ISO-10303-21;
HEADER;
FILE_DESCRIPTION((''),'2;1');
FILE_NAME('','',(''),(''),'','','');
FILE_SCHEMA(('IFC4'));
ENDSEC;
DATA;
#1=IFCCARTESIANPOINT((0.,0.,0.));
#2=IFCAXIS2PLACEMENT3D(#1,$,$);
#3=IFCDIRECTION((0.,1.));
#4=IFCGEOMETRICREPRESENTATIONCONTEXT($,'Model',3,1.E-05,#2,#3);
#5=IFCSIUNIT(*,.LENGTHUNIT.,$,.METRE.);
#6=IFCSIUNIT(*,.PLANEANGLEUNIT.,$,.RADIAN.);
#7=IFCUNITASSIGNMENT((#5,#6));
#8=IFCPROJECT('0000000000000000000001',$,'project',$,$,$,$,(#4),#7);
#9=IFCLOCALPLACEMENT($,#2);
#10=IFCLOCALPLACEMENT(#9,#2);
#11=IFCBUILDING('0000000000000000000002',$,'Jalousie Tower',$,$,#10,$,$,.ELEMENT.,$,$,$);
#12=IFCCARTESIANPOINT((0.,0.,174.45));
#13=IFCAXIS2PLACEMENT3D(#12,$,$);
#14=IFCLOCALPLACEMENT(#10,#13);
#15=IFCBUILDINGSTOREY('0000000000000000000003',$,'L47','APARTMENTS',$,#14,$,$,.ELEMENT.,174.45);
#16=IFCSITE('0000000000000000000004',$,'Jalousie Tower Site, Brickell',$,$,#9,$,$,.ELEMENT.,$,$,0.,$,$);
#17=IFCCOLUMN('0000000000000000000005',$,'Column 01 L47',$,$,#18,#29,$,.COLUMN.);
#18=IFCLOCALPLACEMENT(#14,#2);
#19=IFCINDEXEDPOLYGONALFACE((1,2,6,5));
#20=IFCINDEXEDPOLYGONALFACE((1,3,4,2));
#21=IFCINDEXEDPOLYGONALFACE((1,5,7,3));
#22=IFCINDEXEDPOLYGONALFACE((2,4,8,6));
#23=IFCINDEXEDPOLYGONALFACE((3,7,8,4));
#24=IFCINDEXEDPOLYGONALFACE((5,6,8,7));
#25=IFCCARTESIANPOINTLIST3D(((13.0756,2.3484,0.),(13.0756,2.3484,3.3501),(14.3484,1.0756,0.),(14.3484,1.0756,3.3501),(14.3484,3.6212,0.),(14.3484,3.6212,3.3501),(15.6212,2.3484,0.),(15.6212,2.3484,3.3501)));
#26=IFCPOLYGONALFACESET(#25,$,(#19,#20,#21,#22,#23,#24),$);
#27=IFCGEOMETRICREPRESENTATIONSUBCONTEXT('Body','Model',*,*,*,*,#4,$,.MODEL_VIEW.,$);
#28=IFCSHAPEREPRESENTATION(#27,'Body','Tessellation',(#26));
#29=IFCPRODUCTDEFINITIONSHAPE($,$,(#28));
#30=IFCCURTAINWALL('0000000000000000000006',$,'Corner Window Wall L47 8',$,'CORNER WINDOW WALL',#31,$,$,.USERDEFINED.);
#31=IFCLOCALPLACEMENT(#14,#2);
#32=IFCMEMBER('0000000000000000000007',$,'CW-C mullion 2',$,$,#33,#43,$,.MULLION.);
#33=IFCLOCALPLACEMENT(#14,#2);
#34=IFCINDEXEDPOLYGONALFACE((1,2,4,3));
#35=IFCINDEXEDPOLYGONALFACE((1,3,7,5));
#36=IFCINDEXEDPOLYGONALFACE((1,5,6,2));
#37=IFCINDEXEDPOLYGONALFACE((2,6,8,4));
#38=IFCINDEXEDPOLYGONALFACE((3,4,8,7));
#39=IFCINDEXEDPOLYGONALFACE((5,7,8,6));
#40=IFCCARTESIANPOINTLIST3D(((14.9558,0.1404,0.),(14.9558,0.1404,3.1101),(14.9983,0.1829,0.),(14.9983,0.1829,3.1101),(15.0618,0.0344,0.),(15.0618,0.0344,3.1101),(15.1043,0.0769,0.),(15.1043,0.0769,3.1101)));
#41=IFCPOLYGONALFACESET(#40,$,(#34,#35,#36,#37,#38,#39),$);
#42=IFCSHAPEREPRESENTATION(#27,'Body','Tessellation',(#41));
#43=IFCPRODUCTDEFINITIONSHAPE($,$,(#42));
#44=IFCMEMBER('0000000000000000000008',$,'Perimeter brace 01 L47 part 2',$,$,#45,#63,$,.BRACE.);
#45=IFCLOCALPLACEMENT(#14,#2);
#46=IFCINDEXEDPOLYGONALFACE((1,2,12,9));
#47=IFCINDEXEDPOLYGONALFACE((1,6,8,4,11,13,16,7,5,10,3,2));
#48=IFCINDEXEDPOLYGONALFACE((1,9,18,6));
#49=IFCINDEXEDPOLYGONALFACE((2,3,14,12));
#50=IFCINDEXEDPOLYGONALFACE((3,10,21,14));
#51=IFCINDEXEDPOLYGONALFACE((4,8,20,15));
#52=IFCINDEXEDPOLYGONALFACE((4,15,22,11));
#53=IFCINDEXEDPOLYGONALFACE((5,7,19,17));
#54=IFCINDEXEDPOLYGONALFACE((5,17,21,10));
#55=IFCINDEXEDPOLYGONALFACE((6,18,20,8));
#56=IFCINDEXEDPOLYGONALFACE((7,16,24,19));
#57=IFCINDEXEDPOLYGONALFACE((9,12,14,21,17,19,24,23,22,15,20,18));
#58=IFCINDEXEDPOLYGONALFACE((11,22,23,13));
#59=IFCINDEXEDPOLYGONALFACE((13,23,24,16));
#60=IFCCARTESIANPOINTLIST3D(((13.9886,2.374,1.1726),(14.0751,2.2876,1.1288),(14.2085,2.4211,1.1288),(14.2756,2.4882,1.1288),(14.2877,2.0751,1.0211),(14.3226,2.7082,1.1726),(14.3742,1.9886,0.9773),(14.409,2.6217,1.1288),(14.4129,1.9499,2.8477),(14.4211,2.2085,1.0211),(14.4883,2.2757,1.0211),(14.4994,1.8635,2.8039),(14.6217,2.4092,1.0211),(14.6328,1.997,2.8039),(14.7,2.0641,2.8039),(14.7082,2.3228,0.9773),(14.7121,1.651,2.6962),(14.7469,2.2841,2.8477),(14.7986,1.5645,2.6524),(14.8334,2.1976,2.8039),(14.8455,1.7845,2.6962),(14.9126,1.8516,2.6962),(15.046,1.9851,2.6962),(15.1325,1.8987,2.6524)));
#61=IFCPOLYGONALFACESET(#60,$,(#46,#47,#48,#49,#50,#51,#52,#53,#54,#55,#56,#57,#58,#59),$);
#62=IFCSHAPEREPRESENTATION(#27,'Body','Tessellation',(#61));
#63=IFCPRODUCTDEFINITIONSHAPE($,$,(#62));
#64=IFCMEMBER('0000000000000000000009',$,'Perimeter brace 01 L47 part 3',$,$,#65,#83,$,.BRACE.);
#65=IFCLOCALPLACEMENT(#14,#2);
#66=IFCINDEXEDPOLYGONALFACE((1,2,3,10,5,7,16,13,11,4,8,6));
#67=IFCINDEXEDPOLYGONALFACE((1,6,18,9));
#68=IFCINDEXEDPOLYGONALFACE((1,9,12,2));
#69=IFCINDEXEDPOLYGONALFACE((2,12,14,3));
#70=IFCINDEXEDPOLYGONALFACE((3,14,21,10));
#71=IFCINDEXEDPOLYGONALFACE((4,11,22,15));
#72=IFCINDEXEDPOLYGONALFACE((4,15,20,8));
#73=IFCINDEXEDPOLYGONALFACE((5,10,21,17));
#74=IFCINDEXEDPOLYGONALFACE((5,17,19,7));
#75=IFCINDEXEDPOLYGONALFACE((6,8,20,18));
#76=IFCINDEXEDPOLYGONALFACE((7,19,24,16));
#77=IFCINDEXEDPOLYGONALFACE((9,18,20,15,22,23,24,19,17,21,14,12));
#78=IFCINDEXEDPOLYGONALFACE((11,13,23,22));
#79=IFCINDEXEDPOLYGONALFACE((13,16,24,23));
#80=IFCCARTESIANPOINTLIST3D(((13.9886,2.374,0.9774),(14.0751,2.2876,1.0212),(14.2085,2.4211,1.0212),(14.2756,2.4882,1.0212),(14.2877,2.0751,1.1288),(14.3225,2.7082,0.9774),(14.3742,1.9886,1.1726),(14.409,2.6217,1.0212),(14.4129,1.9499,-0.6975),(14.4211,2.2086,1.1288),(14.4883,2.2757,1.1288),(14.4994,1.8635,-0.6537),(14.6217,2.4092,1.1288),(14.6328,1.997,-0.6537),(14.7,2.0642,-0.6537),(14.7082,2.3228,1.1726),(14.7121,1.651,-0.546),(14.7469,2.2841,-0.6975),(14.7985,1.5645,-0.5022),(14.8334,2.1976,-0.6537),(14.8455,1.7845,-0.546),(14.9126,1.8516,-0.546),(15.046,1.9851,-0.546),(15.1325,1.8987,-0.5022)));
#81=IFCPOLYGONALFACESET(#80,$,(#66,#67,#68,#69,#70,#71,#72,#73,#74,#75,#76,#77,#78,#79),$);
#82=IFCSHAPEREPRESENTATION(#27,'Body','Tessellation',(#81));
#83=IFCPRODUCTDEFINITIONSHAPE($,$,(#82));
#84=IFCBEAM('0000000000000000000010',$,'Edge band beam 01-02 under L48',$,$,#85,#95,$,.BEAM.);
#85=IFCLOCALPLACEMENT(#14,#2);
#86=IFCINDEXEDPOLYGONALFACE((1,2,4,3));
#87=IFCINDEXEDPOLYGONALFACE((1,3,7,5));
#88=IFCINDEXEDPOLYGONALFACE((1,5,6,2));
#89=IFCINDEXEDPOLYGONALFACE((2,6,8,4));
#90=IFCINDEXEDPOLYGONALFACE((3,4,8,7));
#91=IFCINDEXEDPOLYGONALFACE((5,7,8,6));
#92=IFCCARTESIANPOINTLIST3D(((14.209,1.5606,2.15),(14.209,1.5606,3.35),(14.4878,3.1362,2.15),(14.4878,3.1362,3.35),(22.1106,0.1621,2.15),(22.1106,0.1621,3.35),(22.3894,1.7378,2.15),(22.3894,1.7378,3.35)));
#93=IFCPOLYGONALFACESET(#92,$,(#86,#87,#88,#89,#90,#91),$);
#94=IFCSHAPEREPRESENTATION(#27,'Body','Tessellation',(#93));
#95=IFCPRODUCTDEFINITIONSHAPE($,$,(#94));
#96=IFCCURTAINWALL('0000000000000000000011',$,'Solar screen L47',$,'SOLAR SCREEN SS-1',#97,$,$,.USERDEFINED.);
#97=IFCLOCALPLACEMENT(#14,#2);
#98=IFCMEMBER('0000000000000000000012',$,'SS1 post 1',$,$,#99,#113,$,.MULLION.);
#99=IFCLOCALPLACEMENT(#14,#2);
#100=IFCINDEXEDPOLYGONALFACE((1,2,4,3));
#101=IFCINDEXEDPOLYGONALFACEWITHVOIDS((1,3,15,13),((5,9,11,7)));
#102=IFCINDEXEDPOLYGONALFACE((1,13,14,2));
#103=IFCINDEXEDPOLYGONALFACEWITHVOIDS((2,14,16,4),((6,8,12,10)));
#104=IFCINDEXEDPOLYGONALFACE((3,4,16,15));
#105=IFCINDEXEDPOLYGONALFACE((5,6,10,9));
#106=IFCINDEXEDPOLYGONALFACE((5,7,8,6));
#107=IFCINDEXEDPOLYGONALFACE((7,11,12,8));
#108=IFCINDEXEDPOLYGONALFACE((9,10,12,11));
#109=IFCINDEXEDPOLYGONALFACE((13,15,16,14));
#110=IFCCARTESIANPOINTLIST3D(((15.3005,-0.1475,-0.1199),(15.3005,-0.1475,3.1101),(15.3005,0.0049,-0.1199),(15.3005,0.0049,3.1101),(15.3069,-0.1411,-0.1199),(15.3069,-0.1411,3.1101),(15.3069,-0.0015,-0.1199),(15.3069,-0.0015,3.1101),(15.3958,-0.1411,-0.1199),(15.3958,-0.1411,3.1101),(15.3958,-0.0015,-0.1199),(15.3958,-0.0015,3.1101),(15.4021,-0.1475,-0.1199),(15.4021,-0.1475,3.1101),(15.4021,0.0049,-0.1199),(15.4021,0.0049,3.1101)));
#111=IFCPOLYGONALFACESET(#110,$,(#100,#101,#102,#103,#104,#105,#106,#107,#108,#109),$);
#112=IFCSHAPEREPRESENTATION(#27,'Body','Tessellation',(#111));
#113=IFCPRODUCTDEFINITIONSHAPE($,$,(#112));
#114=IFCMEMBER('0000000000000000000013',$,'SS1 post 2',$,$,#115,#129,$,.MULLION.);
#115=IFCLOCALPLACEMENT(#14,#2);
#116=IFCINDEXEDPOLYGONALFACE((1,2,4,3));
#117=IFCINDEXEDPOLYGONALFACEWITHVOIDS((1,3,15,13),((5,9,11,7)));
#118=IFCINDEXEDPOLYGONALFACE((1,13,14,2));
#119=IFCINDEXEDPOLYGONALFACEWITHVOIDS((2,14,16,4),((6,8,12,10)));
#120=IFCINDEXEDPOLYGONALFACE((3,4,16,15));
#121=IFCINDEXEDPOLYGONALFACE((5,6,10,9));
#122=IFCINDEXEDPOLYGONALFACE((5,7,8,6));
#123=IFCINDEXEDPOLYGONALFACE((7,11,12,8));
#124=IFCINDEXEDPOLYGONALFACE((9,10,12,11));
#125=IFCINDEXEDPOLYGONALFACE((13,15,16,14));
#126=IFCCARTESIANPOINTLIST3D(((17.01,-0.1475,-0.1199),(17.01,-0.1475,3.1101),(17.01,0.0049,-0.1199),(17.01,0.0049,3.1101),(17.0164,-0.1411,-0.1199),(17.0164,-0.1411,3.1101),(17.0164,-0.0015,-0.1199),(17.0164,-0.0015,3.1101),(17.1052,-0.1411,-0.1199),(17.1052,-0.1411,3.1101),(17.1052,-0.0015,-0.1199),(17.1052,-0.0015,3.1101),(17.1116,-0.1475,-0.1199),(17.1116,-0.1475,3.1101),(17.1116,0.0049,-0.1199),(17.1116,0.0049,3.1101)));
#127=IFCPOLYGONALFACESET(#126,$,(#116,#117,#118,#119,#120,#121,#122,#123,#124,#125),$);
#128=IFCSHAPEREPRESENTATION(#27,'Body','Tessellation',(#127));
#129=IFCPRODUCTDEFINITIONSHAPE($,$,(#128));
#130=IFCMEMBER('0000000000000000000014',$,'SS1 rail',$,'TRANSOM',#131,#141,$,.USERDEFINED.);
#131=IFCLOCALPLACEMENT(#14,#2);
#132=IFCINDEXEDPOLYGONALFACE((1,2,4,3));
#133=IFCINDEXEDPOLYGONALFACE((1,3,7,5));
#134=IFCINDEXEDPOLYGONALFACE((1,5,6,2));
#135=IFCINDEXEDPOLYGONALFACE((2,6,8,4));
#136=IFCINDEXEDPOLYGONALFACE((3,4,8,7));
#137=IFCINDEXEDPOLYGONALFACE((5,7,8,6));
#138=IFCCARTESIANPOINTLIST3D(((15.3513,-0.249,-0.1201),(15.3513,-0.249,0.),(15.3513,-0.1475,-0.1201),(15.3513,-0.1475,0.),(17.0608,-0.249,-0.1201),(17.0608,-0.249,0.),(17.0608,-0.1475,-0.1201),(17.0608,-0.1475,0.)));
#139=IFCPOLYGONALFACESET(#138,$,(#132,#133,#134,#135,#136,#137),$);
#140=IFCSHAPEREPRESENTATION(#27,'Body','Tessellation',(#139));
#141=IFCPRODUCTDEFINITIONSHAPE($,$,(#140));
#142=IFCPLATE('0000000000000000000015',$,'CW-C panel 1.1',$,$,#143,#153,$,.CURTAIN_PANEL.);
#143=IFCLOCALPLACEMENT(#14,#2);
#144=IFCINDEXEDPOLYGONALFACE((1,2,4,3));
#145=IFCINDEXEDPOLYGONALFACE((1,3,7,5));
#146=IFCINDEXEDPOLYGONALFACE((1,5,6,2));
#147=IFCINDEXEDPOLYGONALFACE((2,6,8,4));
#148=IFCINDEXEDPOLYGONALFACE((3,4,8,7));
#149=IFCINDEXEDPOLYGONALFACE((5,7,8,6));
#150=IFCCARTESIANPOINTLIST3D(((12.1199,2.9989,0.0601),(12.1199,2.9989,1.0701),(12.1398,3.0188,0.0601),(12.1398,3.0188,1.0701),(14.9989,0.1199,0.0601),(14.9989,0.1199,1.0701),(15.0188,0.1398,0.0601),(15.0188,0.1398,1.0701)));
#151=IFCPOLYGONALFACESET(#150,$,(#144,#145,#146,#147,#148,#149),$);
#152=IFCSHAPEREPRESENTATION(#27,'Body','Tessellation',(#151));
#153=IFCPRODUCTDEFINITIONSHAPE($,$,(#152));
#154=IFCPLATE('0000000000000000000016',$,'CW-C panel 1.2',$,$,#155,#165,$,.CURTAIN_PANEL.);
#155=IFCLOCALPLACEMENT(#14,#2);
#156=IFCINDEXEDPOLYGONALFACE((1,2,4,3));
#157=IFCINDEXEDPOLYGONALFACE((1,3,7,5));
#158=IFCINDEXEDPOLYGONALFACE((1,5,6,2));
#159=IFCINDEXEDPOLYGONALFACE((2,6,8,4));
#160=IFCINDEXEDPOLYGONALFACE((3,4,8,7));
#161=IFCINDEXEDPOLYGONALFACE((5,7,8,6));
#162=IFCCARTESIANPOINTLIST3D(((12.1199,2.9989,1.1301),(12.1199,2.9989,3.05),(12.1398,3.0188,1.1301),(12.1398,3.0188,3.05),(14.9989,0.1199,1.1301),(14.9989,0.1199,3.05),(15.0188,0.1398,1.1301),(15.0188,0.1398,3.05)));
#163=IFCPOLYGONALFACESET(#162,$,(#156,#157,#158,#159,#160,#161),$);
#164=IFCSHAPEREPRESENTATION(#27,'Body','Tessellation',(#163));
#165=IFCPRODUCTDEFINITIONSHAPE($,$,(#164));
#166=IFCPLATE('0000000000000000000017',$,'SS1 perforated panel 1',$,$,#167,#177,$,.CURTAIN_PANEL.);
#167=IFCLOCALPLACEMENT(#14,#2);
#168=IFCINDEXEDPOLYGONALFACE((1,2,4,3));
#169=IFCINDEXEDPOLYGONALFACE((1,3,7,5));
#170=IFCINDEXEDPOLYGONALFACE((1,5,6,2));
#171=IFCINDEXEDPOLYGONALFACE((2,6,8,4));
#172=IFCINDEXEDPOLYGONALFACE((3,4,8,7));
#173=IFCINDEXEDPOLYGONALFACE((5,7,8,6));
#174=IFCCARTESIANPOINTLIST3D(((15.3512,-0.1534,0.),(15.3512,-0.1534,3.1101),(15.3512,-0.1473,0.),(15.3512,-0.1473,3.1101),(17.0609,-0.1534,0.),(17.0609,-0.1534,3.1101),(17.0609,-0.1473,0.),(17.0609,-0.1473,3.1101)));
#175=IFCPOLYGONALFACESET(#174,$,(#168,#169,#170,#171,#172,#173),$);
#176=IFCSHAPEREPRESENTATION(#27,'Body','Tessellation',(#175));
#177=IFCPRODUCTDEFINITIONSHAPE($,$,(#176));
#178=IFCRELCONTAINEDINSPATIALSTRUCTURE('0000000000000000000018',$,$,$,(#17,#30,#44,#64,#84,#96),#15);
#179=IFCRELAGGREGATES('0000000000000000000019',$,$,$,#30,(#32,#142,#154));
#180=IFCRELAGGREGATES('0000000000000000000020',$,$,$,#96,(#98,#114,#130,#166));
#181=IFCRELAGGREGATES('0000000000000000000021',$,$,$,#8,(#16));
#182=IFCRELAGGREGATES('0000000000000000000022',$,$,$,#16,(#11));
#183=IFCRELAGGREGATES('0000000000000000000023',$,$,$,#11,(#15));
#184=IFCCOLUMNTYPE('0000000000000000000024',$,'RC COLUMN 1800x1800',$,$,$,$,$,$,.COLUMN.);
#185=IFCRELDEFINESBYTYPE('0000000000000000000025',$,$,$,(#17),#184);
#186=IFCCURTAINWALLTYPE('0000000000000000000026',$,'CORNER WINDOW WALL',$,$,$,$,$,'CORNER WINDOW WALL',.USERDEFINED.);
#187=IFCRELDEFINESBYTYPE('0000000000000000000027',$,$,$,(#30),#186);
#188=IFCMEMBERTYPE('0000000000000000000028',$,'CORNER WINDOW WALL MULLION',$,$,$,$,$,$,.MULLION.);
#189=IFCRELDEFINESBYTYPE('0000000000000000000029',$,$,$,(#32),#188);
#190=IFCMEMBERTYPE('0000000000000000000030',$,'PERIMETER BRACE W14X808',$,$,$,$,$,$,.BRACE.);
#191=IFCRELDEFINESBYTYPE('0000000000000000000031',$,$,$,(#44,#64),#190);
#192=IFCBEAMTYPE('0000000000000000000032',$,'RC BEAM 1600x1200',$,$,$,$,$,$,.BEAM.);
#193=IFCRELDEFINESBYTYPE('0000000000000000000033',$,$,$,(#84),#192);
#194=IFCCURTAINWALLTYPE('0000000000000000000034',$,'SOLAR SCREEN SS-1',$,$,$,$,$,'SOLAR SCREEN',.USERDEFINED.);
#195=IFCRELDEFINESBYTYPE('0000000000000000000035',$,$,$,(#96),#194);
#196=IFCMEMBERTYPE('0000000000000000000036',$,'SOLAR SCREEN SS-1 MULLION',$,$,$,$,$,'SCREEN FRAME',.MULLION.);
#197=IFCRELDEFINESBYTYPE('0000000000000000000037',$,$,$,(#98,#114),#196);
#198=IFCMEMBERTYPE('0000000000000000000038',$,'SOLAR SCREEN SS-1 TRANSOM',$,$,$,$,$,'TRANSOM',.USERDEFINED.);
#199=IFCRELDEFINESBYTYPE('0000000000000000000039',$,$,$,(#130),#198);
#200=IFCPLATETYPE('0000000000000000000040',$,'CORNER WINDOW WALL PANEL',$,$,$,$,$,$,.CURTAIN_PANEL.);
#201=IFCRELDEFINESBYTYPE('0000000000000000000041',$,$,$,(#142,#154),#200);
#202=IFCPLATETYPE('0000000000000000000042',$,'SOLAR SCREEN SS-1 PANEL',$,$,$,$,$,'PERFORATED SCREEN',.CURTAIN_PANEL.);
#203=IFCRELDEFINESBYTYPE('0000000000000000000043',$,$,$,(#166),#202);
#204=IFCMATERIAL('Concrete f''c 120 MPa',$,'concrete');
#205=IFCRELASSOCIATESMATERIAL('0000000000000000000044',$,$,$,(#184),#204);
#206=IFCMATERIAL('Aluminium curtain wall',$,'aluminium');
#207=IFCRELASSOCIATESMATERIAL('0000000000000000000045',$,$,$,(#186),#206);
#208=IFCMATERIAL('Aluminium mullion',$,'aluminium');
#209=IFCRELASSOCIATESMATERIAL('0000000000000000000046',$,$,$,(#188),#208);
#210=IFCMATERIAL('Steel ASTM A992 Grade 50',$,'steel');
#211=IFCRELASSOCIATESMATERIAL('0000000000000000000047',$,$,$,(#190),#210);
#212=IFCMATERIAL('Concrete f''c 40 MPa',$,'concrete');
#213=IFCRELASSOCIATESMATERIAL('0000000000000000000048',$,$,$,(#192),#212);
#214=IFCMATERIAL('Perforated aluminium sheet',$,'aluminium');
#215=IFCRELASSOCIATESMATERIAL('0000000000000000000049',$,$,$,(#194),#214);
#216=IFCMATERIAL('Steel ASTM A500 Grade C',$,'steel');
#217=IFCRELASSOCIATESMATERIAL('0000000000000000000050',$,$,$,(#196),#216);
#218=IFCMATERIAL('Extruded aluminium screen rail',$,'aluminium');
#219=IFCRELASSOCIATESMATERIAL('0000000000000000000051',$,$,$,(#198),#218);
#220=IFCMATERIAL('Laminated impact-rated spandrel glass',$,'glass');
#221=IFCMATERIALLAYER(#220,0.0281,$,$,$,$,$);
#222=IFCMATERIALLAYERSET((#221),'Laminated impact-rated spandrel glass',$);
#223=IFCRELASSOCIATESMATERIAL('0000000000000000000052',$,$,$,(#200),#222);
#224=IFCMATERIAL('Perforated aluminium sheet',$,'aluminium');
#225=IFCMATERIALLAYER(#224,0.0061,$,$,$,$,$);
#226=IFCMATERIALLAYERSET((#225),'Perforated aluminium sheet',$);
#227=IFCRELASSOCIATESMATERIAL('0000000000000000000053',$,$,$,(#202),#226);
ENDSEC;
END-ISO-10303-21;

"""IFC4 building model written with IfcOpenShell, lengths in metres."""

from ifc_helpers import new_model, si_unit, direction, frame, origin, origin_2d, place, context, subcontext, project, spatial, rectangle, hollow_rectangle, i_section, extrude, material, layer, layer_set, material_profile, profile_set, type_object, element, aggregate, save


model = new_model("IFC4")

# Units and contexts
model_context = context("Model", 3, precision=1e-05, world=origin(), true_north=direction((0.0, 1.0)))
body_context = subcontext(model_context, "Body", "Model", "MODEL_VIEW")
ifc_project = project(units=[si_unit("LENGTHUNIT", "METRE"), si_unit("PLANEANGLEUNIT", "RADIAN")], contexts=[model_context])

# Site, building, storey
site_placement = place(None, origin())
site = spatial("IfcSite", under=ifc_project, at=site_placement, Name="Jalousie Tower Site, Brickell", CompositionType="ELEMENT", RefElevation=0.0)
building_placement = place(site_placement, origin())
building = spatial("IfcBuilding", under=site, at=building_placement, Name="Jalousie Tower", CompositionType="ELEMENT")
storey_placement = place(building_placement, frame((0.0, 0.0, 174.45)))
storey = spatial("IfcBuildingStorey", under=building, at=storey_placement, Name="L47", Description="APARTMENTS", CompositionType="ELEMENT", Elevation=174.45)

# Column
ifc_material_1 = material(Name="Concrete f'c 120 MPa", Category="concrete")
ifc_material_profile_1 = material_profile(ifc_material_1, rectangle(XDim=1.8, YDim=1.8, at=origin_2d()), Name="RC 1800x1800")
ifc_profile_set_1 = profile_set([ifc_material_profile_1], Name="Concrete f'c 120 MPa")
column_type = type_object("IfcColumnType", Name="RC COLUMN 1800x1800", PredefinedType="COLUMN", material=ifc_profile_set_1)
column_placement = place(storey_placement, frame((14.3484, 2.3484, 0.0), z_axis=(0.0, 0.0, 1.0), x_axis=(0.707107, 0.707107, 0.0)))
element("IfcColumn", 1, at=column_placement, inside=storey, type_object=column_type, Name="Column 01 L47", PredefinedType="COLUMN", context=body_context, shape_type="SweptSolid", body=[
    extrude(rectangle(XDim=1.8, YDim=1.8, at=origin_2d()), origin(), (0.0, 0.0, 1.0), 3.3501),
])

# Curtain wall, member
ifc_material_2 = material(Name="Aluminium curtain wall", Category="aluminium")
curtain_wall_type_1 = type_object("IfcCurtainWallType", Name="CORNER WINDOW WALL", ElementType="CORNER WINDOW WALL", PredefinedType="USERDEFINED", material=ifc_material_2)
curtain_wall_1_placement = place(storey_placement, origin())
curtain_wall_1 = element("IfcCurtainWall", 2, at=curtain_wall_1_placement, inside=storey, type_object=curtain_wall_type_1, Name="Corner Window Wall L47 8", ObjectType="CORNER WINDOW WALL", PredefinedType="USERDEFINED")
ifc_material_3 = material(Name="Aluminium mullion", Category="aluminium")
ifc_material_profile_2 = material_profile(ifc_material_3, rectangle(XDim=0.0601, YDim=0.1499, at=origin_2d()), Name="MULLION 60x150")
ifc_profile_set_2 = profile_set([ifc_material_profile_2], Name="Aluminium mullion")
member_type_1 = type_object("IfcMemberType", Name="CORNER WINDOW WALL MULLION", PredefinedType="MULLION", material=ifc_profile_set_2)
member_1_placement = place(storey_placement, frame((15.03, 0.1086, 0.0), z_axis=(0.0, 0.0, 1.0), x_axis=(0.707107, 0.707107, 0.0)))
member_1 = element("IfcMember", 3, at=member_1_placement, type_object=member_type_1, Name="CW-C mullion 2", PredefinedType="MULLION", context=body_context, shape_type="SweptSolid", body=[
    extrude(rectangle(XDim=0.0601, YDim=0.1499, at=origin_2d()), origin(), (0.0, 0.0, 1.0), 3.1101),
])

# Members
ifc_material_4 = material(Name="Steel ASTM A992 Grade 50", Category="steel")
ifc_material_profile_3 = material_profile(ifc_material_4, i_section(OverallWidth=0.4724, OverallDepth=0.5791, WebThickness=0.095, FlangeThickness=0.1299, at=origin_2d()), Name="W14X808")
ifc_profile_set_3 = profile_set([ifc_material_profile_3], Name="Steel ASTM A992 Grade 50")
member_type_2 = type_object("IfcMemberType", Name="PERIMETER BRACE W14X808", PredefinedType="BRACE", material=ifc_profile_set_3)
member_2_placement = place(storey_placement, frame((14.3484, 2.3484, 1.075), z_axis=(0.238483, -0.238346, 0.941444), x_axis=(0.706903, 0.70731, 0.0)))
element("IfcMember", 4, at=member_2_placement, inside=storey, type_object=member_type_2, Name="Perimeter brace 01 L47 part 2", PredefinedType="BRACE", context=body_context, shape_type="SweptSolid", body=[
    extrude(i_section(OverallWidth=0.4724, OverallDepth=0.5791, WebThickness=0.095, FlangeThickness=0.1299, at=origin_2d()), origin(), (0.0, 0.0, 1.0), 1.7793),
])
member_3_placement = place(storey_placement, frame((14.7727, 1.9243, -0.5999), z_axis=(-0.238514, 0.238376, 0.941429), x_axis=(-0.706903, -0.70731, 0.0)))
element("IfcMember", 5, at=member_3_placement, inside=storey, type_object=member_type_2, Name="Perimeter brace 01 L47 part 3", PredefinedType="BRACE", context=body_context, shape_type="SweptSolid", body=[
    extrude(i_section(OverallWidth=0.4724, OverallDepth=0.5791, WebThickness=0.095, FlangeThickness=0.1299, at=origin_2d()), origin(), (0.0, 0.0, 1.0), 1.7791),
])

# Beam
ifc_material_5 = material(Name="Concrete f'c 40 MPa", Category="concrete")
ifc_material_profile_4 = material_profile(ifc_material_5, rectangle(XDim=1.6001, YDim=1.2, at=origin_2d()), Name="RC 1600x1200")
ifc_profile_set_4 = profile_set([ifc_material_profile_4], Name="Concrete f'c 40 MPa")
beam_type = type_object("IfcBeamType", Name="RC BEAM 1600x1200", PredefinedType="BEAM", material=ifc_profile_set_4)
beam_placement = place(storey_placement, frame((14.3484, 2.3484, 2.75), z_axis=(0.984697, -0.174273, 0.0), x_axis=(0.174273, 0.984697, 0.0)))
element("IfcBeam", 6, at=beam_placement, inside=storey, type_object=beam_type, Name="Edge band beam 01-02 under L48", PredefinedType="BEAM", context=body_context, shape_type="SweptSolid", body=[
    extrude(rectangle(XDim=1.6001, YDim=1.2, at=origin_2d()), origin(), (0.0, 0.0, 1.0), 8.0244),
])

# Curtain wall, members
ifc_material_6 = material(Name="Perforated aluminium sheet", Category="aluminium")
curtain_wall_type_2 = type_object("IfcCurtainWallType", Name="SOLAR SCREEN SS-1", ElementType="SOLAR SCREEN", PredefinedType="USERDEFINED", material=ifc_material_6)
curtain_wall_2_placement = place(storey_placement, origin())
curtain_wall_2 = element("IfcCurtainWall", 7, at=curtain_wall_2_placement, inside=storey, type_object=curtain_wall_type_2, Name="Solar screen L47", ObjectType="SOLAR SCREEN SS-1", PredefinedType="USERDEFINED")
ifc_material_7 = material(Name="Steel ASTM A500 Grade C", Category="steel")
ifc_material_profile_5 = material_profile(ifc_material_7, hollow_rectangle(XDim=0.1016, YDim=0.1523, WallThickness=0.0063, at=origin_2d()), Name="HSS6X4X1/4")
ifc_profile_set_5 = profile_set([ifc_material_profile_5], Name="Steel ASTM A500 Grade C")
member_type_3 = type_object("IfcMemberType", Name="SOLAR SCREEN SS-1 MULLION", ElementType="SCREEN FRAME", PredefinedType="MULLION", material=ifc_profile_set_5)
member_4_placement = place(storey_placement, frame((15.3513, -0.0713, -0.1199), z_axis=(0.0, 0.0, 1.0), x_axis=(1.0, 0.0, 0.0)))
member_4 = element("IfcMember", 8, at=member_4_placement, type_object=member_type_3, Name="SS1 post 1", PredefinedType="MULLION", context=body_context, shape_type="SweptSolid", body=[
    extrude(hollow_rectangle(XDim=0.1016, YDim=0.1523, WallThickness=0.0063, at=origin_2d()), origin(), (0.0, 0.0, 1.0), 3.23),
])
member_5_placement = place(storey_placement, frame((17.0608, -0.0713, -0.1199), z_axis=(0.0, 0.0, 1.0), x_axis=(1.0, 0.0, 0.0)))
member_5 = element("IfcMember", 9, at=member_5_placement, type_object=member_type_3, Name="SS1 post 2", PredefinedType="MULLION", context=body_context, shape_type="SweptSolid", body=[
    extrude(hollow_rectangle(XDim=0.1016, YDim=0.1523, WallThickness=0.0063, at=origin_2d()), origin(), (0.0, 0.0, 1.0), 3.23),
])
ifc_material_8 = material(Name="Extruded aluminium screen rail", Category="aluminium")
ifc_material_profile_6 = material_profile(ifc_material_8, rectangle(XDim=0.1016, YDim=0.1201, at=origin_2d()), Name="RAIL 102x120")
ifc_profile_set_6 = profile_set([ifc_material_profile_6], Name="Extruded aluminium screen rail")
member_type_4 = type_object("IfcMemberType", Name="SOLAR SCREEN SS-1 TRANSOM", ElementType="TRANSOM", PredefinedType="USERDEFINED", material=ifc_profile_set_6)
member_6_placement = place(storey_placement, frame((15.3513, -0.1982, -0.0601), z_axis=(1.0, 0.0, 0.0), x_axis=(0.0, 1.0, 0.0)))
member_6 = element("IfcMember", 10, at=member_6_placement, type_object=member_type_4, Name="SS1 rail", ObjectType="TRANSOM", PredefinedType="USERDEFINED", context=body_context, shape_type="SweptSolid", body=[
    extrude(rectangle(XDim=0.1016, YDim=0.1201, at=origin_2d()), origin(), (0.0, 0.0, 1.0), 1.7095),
])

# Plates
ifc_material_9 = material(Name="Laminated impact-rated spandrel glass", Category="glass")
ifc_layer_1 = layer(ifc_material_9, 0.0281)
ifc_layer_set_1 = layer_set([ifc_layer_1], Name="Laminated impact-rated spandrel glass")
plate_type_1 = type_object("IfcPlateType", Name="CORNER WINDOW WALL PANEL", PredefinedType="CURTAIN_PANEL", material=ifc_layer_set_1)
plate_1_placement = place(storey_placement, frame((13.5693, 1.5693, 0.0601), z_axis=(0.0, 0.0, 1.0), x_axis=(0.707107, -0.707107, 0.0)))
plate_1 = element("IfcPlate", 11, at=plate_1_placement, type_object=plate_type_1, Name="CW-C panel 1.1", PredefinedType="CURTAIN_PANEL", context=body_context, shape_type="SweptSolid", body=[
    extrude(rectangle(XDim=4.0715, YDim=0.0281, at=origin_2d()), origin(), (0.0, 0.0, 1.0), 1.01),
])
plate_2_placement = place(storey_placement, frame((13.5693, 1.5693, 1.1301), z_axis=(0.0, 0.0, 1.0), x_axis=(0.707107, -0.707107, 0.0)))
plate_2 = element("IfcPlate", 12, at=plate_2_placement, type_object=plate_type_1, Name="CW-C panel 1.2", PredefinedType="CURTAIN_PANEL", context=body_context, shape_type="SweptSolid", body=[
    extrude(rectangle(XDim=4.0715, YDim=0.0281, at=origin_2d()), origin(), (0.0, 0.0, 1.0), 1.9199),
])
aggregate(curtain_wall_1, [member_1, plate_1, plate_2])
ifc_material_10 = material(Name="Perforated aluminium sheet", Category="aluminium")
ifc_layer_2 = layer(ifc_material_10, 0.0061)
ifc_layer_set_2 = layer_set([ifc_layer_2], Name="Perforated aluminium sheet")
plate_type_2 = type_object("IfcPlateType", Name="SOLAR SCREEN SS-1 PANEL", ElementType="PERFORATED SCREEN", PredefinedType="CURTAIN_PANEL", material=ifc_layer_set_2)
plate_3_placement = place(storey_placement, frame((16.2061, -0.1504, 0.0), z_axis=(0.0, 0.0, 1.0), x_axis=(1.0, 0.0, 0.0)))
plate_3 = element("IfcPlate", 13, at=plate_3_placement, type_object=plate_type_2, Name="SS1 perforated panel 1", PredefinedType="CURTAIN_PANEL", context=body_context, shape_type="SweptSolid", body=[
    extrude(rectangle(XDim=1.7097, YDim=0.0061, at=origin_2d()), origin(), (0.0, 0.0, 1.0), 3.1101),
])
aggregate(curtain_wall_2, [member_4, member_5, member_6, plate_3])

save(model, "model.ifc")
